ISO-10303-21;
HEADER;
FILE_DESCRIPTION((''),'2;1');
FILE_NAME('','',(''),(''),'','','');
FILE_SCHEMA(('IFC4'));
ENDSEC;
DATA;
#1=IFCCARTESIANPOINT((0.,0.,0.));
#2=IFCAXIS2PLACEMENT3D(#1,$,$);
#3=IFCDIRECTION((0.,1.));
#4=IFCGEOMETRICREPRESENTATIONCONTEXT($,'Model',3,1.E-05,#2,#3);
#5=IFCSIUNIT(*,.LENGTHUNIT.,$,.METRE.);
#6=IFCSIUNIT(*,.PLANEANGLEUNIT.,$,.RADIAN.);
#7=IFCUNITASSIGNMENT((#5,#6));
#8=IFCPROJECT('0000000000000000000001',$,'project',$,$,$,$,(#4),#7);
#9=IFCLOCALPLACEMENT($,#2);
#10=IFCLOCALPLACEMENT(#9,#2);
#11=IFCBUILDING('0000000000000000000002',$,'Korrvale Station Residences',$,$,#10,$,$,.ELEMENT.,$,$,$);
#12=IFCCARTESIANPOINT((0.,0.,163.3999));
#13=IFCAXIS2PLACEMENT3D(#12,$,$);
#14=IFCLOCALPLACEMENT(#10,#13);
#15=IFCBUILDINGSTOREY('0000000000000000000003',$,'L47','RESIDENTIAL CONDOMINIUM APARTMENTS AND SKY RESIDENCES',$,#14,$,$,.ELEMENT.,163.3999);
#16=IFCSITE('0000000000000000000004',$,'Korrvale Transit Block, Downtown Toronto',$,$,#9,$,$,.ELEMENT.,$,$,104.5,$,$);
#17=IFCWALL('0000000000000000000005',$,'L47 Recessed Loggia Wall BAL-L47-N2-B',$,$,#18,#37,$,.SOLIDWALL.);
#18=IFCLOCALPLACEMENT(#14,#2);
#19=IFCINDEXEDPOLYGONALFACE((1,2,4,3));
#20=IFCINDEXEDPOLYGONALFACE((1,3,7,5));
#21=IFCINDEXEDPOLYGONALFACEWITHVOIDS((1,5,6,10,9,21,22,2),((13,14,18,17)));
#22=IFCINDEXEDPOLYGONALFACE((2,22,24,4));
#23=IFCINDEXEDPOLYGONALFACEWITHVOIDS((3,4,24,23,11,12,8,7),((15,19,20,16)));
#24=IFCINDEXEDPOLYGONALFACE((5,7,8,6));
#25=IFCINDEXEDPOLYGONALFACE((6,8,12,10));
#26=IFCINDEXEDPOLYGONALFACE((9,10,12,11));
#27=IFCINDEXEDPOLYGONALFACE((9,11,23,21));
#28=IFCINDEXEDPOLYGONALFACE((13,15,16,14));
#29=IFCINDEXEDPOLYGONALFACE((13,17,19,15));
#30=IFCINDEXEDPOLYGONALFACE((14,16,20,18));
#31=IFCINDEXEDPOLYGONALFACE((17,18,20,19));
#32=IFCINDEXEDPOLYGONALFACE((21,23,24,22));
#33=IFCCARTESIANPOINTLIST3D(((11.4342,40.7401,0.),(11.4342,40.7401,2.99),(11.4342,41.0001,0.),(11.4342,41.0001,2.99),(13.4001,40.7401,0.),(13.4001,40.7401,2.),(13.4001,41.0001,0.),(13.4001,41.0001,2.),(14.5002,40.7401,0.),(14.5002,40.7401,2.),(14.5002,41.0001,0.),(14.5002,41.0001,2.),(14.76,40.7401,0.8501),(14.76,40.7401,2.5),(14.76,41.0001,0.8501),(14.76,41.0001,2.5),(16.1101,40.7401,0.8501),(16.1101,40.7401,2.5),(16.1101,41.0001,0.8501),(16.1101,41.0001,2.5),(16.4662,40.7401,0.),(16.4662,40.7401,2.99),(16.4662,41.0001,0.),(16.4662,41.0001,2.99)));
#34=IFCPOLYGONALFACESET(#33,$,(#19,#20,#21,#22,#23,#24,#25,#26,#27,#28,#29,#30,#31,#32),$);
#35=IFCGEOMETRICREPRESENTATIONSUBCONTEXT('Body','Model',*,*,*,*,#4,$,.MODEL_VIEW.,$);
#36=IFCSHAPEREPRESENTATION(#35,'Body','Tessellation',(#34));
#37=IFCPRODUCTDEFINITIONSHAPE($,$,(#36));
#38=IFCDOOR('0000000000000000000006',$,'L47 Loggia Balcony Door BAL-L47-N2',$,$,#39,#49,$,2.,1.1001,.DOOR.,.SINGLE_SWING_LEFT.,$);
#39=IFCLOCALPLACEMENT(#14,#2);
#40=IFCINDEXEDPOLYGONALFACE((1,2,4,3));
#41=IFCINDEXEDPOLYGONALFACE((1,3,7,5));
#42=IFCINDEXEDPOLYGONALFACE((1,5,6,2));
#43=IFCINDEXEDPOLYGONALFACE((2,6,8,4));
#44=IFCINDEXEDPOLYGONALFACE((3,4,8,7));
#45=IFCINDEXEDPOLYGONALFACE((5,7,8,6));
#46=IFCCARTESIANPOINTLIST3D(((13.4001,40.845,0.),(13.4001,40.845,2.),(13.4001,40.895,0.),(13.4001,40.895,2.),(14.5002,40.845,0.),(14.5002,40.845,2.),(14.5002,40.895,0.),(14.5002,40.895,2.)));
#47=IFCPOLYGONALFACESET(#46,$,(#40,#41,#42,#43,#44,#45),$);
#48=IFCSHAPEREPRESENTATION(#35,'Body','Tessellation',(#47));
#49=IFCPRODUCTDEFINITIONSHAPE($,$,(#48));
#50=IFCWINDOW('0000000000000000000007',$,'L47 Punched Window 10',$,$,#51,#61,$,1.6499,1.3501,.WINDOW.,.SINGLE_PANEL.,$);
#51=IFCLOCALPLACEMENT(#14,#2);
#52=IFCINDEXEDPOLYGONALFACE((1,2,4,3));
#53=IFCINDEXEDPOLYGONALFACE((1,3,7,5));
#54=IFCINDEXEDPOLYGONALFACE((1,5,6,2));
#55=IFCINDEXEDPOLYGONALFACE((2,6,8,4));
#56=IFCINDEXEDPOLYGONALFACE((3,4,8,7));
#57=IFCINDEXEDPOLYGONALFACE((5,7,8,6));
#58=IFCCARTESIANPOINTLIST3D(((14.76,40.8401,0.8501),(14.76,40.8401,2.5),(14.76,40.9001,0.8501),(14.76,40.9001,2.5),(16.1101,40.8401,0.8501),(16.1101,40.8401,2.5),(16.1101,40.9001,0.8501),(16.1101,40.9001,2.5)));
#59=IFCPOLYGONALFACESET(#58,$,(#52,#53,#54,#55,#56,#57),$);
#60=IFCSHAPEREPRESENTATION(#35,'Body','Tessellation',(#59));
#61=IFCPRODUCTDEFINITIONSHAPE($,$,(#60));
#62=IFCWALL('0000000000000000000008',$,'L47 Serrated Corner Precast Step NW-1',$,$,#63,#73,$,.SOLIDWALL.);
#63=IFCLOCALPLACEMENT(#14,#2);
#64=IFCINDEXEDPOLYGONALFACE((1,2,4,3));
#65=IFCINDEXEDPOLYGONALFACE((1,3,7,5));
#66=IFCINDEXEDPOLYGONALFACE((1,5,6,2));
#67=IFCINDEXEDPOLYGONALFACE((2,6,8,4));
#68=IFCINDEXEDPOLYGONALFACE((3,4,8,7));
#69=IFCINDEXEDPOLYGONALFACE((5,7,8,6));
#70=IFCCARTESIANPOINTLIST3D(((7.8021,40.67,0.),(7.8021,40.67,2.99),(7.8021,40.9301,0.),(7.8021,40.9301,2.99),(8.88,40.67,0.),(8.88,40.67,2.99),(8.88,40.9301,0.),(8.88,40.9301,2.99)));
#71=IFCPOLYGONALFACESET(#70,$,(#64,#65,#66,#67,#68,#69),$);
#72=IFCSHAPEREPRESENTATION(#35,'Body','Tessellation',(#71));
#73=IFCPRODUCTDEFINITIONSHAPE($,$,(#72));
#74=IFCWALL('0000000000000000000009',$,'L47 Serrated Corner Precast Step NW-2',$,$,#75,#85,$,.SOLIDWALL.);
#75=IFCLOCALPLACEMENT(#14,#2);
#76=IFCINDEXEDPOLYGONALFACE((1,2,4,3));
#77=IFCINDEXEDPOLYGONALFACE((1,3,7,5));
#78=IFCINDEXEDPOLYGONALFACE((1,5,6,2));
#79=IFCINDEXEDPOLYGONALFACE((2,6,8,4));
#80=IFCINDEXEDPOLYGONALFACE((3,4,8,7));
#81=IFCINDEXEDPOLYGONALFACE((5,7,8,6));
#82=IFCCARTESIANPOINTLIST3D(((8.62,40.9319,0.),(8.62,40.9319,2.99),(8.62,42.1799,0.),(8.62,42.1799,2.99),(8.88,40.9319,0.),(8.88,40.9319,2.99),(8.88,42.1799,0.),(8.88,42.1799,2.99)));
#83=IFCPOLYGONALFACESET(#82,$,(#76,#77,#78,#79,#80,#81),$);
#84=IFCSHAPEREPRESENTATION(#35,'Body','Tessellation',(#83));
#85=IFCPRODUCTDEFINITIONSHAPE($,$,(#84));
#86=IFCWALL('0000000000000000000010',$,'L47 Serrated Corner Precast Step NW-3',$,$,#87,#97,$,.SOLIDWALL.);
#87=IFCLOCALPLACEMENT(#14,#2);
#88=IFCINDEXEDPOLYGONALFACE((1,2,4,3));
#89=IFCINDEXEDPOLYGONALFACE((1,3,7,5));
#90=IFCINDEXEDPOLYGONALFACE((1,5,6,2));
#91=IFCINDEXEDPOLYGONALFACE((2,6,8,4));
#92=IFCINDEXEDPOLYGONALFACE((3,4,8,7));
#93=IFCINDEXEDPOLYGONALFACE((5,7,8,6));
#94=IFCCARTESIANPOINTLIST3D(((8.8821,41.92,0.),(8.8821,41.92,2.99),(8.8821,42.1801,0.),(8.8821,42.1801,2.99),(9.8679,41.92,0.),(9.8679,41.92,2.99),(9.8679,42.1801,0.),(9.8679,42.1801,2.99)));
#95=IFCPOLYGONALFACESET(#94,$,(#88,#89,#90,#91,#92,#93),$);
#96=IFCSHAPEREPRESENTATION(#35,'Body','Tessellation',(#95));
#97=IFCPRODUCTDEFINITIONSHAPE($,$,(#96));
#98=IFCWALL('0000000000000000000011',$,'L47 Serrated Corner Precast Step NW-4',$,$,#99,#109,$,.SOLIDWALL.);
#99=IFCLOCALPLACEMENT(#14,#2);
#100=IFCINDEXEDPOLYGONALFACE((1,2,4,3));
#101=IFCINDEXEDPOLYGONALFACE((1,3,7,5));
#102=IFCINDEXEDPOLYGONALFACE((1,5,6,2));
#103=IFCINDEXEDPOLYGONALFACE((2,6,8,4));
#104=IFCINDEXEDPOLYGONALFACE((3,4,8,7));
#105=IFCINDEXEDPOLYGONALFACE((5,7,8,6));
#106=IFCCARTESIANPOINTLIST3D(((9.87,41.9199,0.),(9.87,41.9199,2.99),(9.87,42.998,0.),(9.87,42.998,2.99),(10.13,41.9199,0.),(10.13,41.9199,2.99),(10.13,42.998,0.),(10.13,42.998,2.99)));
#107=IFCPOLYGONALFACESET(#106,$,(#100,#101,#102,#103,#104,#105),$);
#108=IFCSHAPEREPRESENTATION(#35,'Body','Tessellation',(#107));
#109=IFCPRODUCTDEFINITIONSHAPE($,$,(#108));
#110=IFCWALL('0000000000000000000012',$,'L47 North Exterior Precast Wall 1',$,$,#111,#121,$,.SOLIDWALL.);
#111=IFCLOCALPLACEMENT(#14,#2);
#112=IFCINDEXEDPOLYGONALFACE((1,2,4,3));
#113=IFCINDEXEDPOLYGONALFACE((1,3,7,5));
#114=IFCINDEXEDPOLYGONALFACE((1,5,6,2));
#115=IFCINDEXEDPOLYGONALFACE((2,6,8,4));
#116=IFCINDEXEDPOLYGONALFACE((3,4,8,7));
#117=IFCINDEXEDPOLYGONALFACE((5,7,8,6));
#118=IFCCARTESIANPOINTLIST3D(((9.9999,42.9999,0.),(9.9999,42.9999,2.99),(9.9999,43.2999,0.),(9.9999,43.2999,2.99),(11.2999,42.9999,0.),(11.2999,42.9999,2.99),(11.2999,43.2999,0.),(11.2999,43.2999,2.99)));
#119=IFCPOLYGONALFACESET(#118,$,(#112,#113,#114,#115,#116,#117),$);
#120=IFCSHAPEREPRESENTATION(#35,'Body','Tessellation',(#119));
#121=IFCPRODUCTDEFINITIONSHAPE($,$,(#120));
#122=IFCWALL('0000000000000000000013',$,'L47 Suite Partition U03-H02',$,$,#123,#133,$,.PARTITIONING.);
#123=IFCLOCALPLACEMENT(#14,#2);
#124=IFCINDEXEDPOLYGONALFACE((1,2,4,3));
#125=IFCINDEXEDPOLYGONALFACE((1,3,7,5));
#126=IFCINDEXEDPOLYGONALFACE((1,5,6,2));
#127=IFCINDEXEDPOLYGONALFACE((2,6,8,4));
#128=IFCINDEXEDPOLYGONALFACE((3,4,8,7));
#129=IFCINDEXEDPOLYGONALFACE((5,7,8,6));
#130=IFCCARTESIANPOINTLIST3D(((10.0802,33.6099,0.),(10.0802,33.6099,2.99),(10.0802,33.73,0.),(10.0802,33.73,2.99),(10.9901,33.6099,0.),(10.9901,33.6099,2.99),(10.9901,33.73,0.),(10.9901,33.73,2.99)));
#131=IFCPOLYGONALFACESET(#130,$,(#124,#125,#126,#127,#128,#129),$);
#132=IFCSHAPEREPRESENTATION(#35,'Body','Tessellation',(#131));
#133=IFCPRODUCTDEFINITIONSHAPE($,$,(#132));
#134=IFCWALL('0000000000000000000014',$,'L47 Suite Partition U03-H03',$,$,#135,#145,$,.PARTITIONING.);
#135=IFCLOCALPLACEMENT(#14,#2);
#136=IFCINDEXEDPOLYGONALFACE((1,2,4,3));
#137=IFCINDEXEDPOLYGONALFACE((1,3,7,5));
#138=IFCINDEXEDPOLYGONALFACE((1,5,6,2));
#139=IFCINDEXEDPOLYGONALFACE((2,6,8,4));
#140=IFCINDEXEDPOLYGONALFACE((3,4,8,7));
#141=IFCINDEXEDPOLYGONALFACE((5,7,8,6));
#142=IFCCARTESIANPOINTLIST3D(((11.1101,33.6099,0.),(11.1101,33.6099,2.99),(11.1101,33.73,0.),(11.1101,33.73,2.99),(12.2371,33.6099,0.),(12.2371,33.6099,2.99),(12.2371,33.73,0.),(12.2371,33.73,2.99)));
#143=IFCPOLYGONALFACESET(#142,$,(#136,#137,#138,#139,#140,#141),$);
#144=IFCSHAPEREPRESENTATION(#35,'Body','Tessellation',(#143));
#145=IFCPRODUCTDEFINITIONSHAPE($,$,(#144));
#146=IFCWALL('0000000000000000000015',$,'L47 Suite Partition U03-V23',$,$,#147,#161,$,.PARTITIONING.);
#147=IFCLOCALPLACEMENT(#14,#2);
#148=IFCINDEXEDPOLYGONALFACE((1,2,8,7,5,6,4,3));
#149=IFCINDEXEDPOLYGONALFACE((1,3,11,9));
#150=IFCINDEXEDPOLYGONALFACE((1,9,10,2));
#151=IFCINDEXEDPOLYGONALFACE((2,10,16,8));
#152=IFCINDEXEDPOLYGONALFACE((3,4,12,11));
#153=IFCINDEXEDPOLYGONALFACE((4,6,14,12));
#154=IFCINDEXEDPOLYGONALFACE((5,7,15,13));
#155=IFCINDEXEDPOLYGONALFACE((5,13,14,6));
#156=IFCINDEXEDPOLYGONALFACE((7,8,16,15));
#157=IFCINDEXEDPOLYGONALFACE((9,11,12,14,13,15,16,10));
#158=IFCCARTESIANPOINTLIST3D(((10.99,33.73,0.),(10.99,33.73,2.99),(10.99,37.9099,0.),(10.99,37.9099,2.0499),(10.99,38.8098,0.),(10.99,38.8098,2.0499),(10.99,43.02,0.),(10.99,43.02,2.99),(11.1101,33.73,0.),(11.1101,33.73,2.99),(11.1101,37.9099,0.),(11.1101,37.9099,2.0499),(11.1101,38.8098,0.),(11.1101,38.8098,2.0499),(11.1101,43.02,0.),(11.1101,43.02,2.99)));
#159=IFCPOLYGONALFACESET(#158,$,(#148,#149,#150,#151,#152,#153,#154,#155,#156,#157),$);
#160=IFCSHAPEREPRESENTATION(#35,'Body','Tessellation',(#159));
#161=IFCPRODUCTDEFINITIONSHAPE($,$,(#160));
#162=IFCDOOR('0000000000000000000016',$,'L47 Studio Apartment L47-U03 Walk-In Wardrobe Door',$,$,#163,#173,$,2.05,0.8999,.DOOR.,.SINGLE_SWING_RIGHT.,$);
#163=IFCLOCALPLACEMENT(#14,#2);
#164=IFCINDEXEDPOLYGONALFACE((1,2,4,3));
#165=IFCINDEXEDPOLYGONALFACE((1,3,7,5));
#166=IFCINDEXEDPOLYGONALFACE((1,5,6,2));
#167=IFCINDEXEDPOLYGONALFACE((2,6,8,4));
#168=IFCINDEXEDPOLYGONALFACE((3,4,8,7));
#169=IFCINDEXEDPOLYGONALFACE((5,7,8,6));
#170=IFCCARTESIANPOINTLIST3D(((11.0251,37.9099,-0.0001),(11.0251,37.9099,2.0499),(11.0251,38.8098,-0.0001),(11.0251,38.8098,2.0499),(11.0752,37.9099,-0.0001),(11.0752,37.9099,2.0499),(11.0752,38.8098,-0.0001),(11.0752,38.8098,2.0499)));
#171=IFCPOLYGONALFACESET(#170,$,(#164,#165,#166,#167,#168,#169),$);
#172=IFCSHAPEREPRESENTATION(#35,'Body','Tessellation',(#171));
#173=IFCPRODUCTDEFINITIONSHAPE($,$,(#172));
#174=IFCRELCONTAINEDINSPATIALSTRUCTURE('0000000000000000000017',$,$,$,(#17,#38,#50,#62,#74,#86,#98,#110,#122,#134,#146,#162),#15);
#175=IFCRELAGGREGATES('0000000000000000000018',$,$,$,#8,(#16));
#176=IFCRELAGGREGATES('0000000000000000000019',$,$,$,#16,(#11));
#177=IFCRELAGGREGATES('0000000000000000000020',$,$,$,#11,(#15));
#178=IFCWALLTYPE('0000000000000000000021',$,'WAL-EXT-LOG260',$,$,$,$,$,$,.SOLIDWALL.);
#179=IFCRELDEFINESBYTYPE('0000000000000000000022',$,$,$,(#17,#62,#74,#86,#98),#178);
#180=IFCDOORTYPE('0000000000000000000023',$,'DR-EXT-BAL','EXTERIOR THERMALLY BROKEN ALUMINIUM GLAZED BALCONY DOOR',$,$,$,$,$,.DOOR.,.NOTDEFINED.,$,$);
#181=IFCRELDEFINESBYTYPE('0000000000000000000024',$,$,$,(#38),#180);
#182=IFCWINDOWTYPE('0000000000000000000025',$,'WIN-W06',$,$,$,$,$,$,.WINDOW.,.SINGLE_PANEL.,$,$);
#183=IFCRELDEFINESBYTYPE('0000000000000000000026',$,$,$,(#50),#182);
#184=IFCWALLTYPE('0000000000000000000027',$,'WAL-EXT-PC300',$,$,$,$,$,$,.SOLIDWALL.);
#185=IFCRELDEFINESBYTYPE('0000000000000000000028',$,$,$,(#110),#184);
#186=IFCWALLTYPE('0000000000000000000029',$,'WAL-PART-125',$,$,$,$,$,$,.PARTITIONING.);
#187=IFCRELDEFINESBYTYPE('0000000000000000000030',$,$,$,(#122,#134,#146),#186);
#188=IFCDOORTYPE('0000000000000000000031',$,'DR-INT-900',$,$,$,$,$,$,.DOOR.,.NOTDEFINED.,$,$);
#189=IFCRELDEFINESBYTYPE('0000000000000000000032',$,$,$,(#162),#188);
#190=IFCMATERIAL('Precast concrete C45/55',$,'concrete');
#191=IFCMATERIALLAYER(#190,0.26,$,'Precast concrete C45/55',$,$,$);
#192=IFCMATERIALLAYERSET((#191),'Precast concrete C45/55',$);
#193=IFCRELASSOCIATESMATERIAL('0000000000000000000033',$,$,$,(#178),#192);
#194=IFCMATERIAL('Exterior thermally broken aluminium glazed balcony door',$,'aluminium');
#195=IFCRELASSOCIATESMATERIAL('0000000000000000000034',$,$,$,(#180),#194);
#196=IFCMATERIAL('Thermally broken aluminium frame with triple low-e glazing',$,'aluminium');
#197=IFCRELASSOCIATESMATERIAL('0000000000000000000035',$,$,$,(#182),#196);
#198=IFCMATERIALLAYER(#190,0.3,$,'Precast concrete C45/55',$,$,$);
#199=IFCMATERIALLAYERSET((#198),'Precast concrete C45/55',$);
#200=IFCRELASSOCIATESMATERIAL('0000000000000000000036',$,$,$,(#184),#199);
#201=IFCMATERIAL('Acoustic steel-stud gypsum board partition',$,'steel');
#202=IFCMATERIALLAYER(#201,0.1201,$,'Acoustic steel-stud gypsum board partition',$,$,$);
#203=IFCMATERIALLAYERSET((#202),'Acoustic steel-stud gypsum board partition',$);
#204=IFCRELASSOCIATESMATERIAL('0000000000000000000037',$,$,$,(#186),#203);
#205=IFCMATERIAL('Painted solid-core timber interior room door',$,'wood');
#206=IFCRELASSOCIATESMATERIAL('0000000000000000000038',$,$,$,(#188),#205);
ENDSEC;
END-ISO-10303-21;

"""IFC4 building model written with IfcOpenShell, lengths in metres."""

from ifc_helpers import new_model, si_unit, direction, frame, frame_2d, origin, place, context, subcontext, project, spatial, rectangle, extrude, material, layer, layer_set, type_object, element, fill, save


model = new_model("IFC4")

# Units and contexts
model_context = context("Model", 3, precision=1e-05, world=origin(), true_north=direction((0.0, 1.0)))
body_context = subcontext(model_context, "Body", "Model", "MODEL_VIEW")
ifc_project = project(units=[si_unit("LENGTHUNIT", "METRE"), si_unit("PLANEANGLEUNIT", "RADIAN")], contexts=[model_context])

# Site, building, storey
site_placement = place(None, origin())
site = spatial("IfcSite", under=ifc_project, at=site_placement, Name="Korrvale Transit Block, Downtown Toronto", CompositionType="ELEMENT", RefElevation=104.5)
building_placement = place(site_placement, origin())
building = spatial("IfcBuilding", under=site, at=building_placement, Name="Korrvale Station Residences", CompositionType="ELEMENT")
storey_placement = place(building_placement, frame((0.0, 0.0, 163.3999)))
storey = spatial("IfcBuildingStorey", under=building, at=storey_placement, Name="L47", Description="RESIDENTIAL CONDOMINIUM APARTMENTS AND SKY RESIDENCES", CompositionType="ELEMENT", Elevation=163.3999)

# Shared definitions
ifc_material_1 = material(Name="Precast concrete C45/55", Category="concrete")
ifc_layer_1 = layer(ifc_material_1, 0.26, Name="Precast concrete C45/55")
ifc_layer_set_1 = layer_set([ifc_layer_1], Name="Precast concrete C45/55")
wall_type_1 = type_object("IfcWallType", Name="WAL-EXT-LOG260", PredefinedType="SOLIDWALL", material=ifc_layer_set_1)

# Wall, openings, door, window
wall_1_placement = place(storey_placement, frame((11.4341, 40.8701, 0.0), z_axis=(0.0, 0.0, 1.0), x_axis=(1.0, 0.0, 0.0)))
wall_1 = element("IfcWall", 1, at=wall_1_placement, inside=storey, type_object=wall_type_1, Name="L47 Recessed Loggia Wall BAL-L47-N2-B", PredefinedType="SOLIDWALL", context=body_context, shape_type="SweptSolid", body=[
    extrude(rectangle(XDim=5.032, YDim=0.26, at=frame_2d((2.5161, 0.0))), origin(), (0.0, 0.0, 1.0), 2.99),
])
opening_1_placement = place(wall_1_placement, frame((1.9661, 0.0, 0.0)))
opening_1 = element("IfcOpeningElement", 2, at=opening_1_placement, cuts=wall_1, PredefinedType="OPENING", context=body_context, shape_type="SweptSolid", body=[
    extrude(rectangle(XDim=1.1001, YDim=2.0, at=frame_2d((0.55, 1.0))), frame((0.0, 0.1401, 0.0), z_axis=(0.0, -1.0, 0.0), x_axis=(1.0, 0.0, 0.0)), (0.0, 0.0, 1.0), 0.28),
])
opening_2_placement = place(wall_1_placement, frame((3.3259, 0.0, 0.8501)))
opening_2 = element("IfcOpeningElement", 3, at=opening_2_placement, cuts=wall_1, PredefinedType="OPENING", context=body_context, shape_type="SweptSolid", body=[
    extrude(rectangle(XDim=1.3501, YDim=1.6499, at=frame_2d((0.675, 0.825))), frame((0.0, 0.1401, 0.0), z_axis=(0.0, -1.0, 0.0), x_axis=(1.0, 0.0, 0.0)), (0.0, 0.0, 1.0), 0.28),
])
ifc_material_2 = material(Name="Exterior thermally broken aluminium glazed balcony door", Category="aluminium")
door_type_1 = type_object("IfcDoorType", Name="DR-EXT-BAL", Description="EXTERIOR THERMALLY BROKEN ALUMINIUM GLAZED BALCONY DOOR", OperationType="NOTDEFINED", PredefinedType="DOOR", material=ifc_material_2)
door_1_placement = place(opening_1_placement, origin())
door_1 = element("IfcDoor", 4, at=door_1_placement, inside=storey, type_object=door_type_1, Name="L47 Loggia Balcony Door BAL-L47-N2", OperationType="SINGLE_SWING_LEFT", OverallHeight=2.0, OverallWidth=1.1001, PredefinedType="DOOR", context=body_context, shape_type="SweptSolid", body=[
    extrude(rectangle(XDim=1.1001, YDim=2.0, at=frame_2d((0.55, 1.0))), frame((0.0, 0.0249, 0.0), z_axis=(0.0, -1.0, 0.0), x_axis=(1.0, 0.0, 0.0)), (0.0, 0.0, 1.0), 0.05),
])
fill(opening_1, door_1)
ifc_material_3 = material(Name="Thermally broken aluminium frame with triple low-e glazing", Category="aluminium")
window_type = type_object("IfcWindowType", Name="WIN-W06", PartitioningType="SINGLE_PANEL", PredefinedType="WINDOW", material=ifc_material_3)
window_placement = place(opening_2_placement, origin())
window = element("IfcWindow", 5, at=window_placement, inside=storey, type_object=window_type, Name="L47 Punched Window 10", OverallHeight=1.6499, OverallWidth=1.3501, PartitioningType="SINGLE_PANEL", PredefinedType="WINDOW", context=body_context, shape_type="SweptSolid", body=[
    extrude(rectangle(XDim=1.3501, YDim=1.6499, at=frame_2d((0.675, 0.825))), frame((0.0, 0.03, 0.0), z_axis=(0.0, -1.0, 0.0), x_axis=(1.0, 0.0, 0.0)), (0.0, 0.0, 1.0), 0.0601),
])
fill(opening_2, window)

# Walls
wall_2_placement = place(storey_placement, frame((7.802, 40.8, 0.0), z_axis=(0.0, 0.0, 1.0), x_axis=(1.0, 0.0, 0.0)))
element("IfcWall", 6, at=wall_2_placement, inside=storey, type_object=wall_type_1, Name="L47 Serrated Corner Precast Step NW-1", PredefinedType="SOLIDWALL", context=body_context, shape_type="SweptSolid", body=[
    extrude(rectangle(XDim=1.0779, YDim=0.26, at=frame_2d((0.5391, 0.0))), origin(), (0.0, 0.0, 1.0), 2.99),
])
wall_3_placement = place(storey_placement, frame((8.75, 40.9319, 0.0), z_axis=(0.0, 0.0, 1.0), x_axis=(0.0, 1.0, 0.0)))
element("IfcWall", 7, at=wall_3_placement, inside=storey, type_object=wall_type_1, Name="L47 Serrated Corner Precast Step NW-2", PredefinedType="SOLIDWALL", context=body_context, shape_type="SweptSolid", body=[
    extrude(rectangle(XDim=1.248, YDim=0.26, at=frame_2d((0.624, 0.0))), origin(), (0.0, 0.0, 1.0), 2.99),
])
wall_4_placement = place(storey_placement, frame((8.8821, 42.05, 0.0), z_axis=(0.0, 0.0, 1.0), x_axis=(1.0, 0.0, 0.0)))
element("IfcWall", 8, at=wall_4_placement, inside=storey, type_object=wall_type_1, Name="L47 Serrated Corner Precast Step NW-3", PredefinedType="SOLIDWALL", context=body_context, shape_type="SweptSolid", body=[
    extrude(rectangle(XDim=0.9858, YDim=0.26, at=frame_2d((0.4929, 0.0))), origin(), (0.0, 0.0, 1.0), 2.99),
])
wall_5_placement = place(storey_placement, frame((10.0, 41.9199, 0.0), z_axis=(0.0, 0.0, 1.0), x_axis=(0.0, 1.0, 0.0)))
element("IfcWall", 9, at=wall_5_placement, inside=storey, type_object=wall_type_1, Name="L47 Serrated Corner Precast Step NW-4", PredefinedType="SOLIDWALL", context=body_context, shape_type="SweptSolid", body=[
    extrude(rectangle(XDim=1.0781, YDim=0.26, at=frame_2d((0.5391, 0.0))), origin(), (0.0, 0.0, 1.0), 2.99),
])
ifc_layer_2 = layer(ifc_material_1, 0.3, Name="Precast concrete C45/55")
ifc_layer_set_2 = layer_set([ifc_layer_2], Name="Precast concrete C45/55")
wall_type_2 = type_object("IfcWallType", Name="WAL-EXT-PC300", PredefinedType="SOLIDWALL", material=ifc_layer_set_2)
wall_6_placement = place(storey_placement, frame((10.0, 43.1499, 0.0), z_axis=(0.0, 0.0, 1.0), x_axis=(1.0, 0.0, 0.0)))
element("IfcWall", 10, at=wall_6_placement, inside=storey, type_object=wall_type_2, Name="L47 North Exterior Precast Wall 1", PredefinedType="SOLIDWALL", context=body_context, shape_type="SweptSolid", body=[
    extrude(rectangle(XDim=1.3, YDim=0.3, at=frame_2d((0.6499, 0.0))), origin(), (0.0, 0.0, 1.0), 2.99),
])
ifc_material_4 = material(Name="Acoustic steel-stud gypsum board partition", Category="steel")
ifc_layer_3 = layer(ifc_material_4, 0.1201, Name="Acoustic steel-stud gypsum board partition")
ifc_layer_set_3 = layer_set([ifc_layer_3], Name="Acoustic steel-stud gypsum board partition")
wall_type_3 = type_object("IfcWallType", Name="WAL-PART-125", PredefinedType="PARTITIONING", material=ifc_layer_set_3)
wall_7_placement = place(storey_placement, frame((10.0801, 33.6699, 0.0), z_axis=(0.0, 0.0, 1.0), x_axis=(1.0, 0.0, 0.0)))
element("IfcWall", 11, at=wall_7_placement, inside=storey, type_object=wall_type_3, Name="L47 Suite Partition U03-H02", PredefinedType="PARTITIONING", context=body_context, shape_type="SweptSolid", body=[
    extrude(rectangle(XDim=0.9099, YDim=0.1201, at=frame_2d((0.4551, 0.0))), origin(), (0.0, 0.0, 1.0), 2.99),
])
wall_8_placement = place(storey_placement, frame((11.1101, 33.6699, 0.0), z_axis=(0.0, 0.0, 1.0), x_axis=(1.0, 0.0, 0.0)))
element("IfcWall", 12, at=wall_8_placement, inside=storey, type_object=wall_type_3, Name="L47 Suite Partition U03-H03", PredefinedType="PARTITIONING", context=body_context, shape_type="SweptSolid", body=[
    extrude(rectangle(XDim=1.127, YDim=0.1201, at=frame_2d((0.5635, 0.0))), origin(), (0.0, 0.0, 1.0), 2.99),
])

# Wall, opening, door
wall_9_placement = place(storey_placement, frame((11.05, 33.73, 0.0), z_axis=(0.0, 0.0, 1.0), x_axis=(0.0, 1.0, 0.0)))
wall_9 = element("IfcWall", 13, at=wall_9_placement, inside=storey, type_object=wall_type_3, Name="L47 Suite Partition U03-V23", PredefinedType="PARTITIONING", context=body_context, shape_type="SweptSolid", body=[
    extrude(rectangle(XDim=9.29, YDim=0.1201, at=frame_2d((4.645, 0.0))), origin(), (0.0, 0.0, 1.0), 2.99),
])
opening_3_placement = place(wall_9_placement, frame((4.1799, 0.0, 0.0)))
opening_3 = element("IfcOpeningElement", 14, at=opening_3_placement, cuts=wall_9, PredefinedType="OPENING", context=body_context, shape_type="SweptSolid", body=[
    extrude(rectangle(XDim=0.8999, YDim=2.05, at=frame_2d((0.45, 1.0249))), frame((0.0, 0.0701, 0.0), z_axis=(0.0, -1.0, 0.0), x_axis=(1.0, 0.0, 0.0)), (0.0, 0.0, 1.0), 0.1401),
])
ifc_material_5 = material(Name="Painted solid-core timber interior room door", Category="wood")
door_type_2 = type_object("IfcDoorType", Name="DR-INT-900", OperationType="NOTDEFINED", PredefinedType="DOOR", material=ifc_material_5)
door_2_placement = place(opening_3_placement, origin())
door_2 = element("IfcDoor", 15, at=door_2_placement, inside=storey, type_object=door_type_2, Name="L47 Studio Apartment L47-U03 Walk-In Wardrobe Door", OperationType="SINGLE_SWING_RIGHT", OverallHeight=2.05, OverallWidth=0.8999, PredefinedType="DOOR", context=body_context, shape_type="SweptSolid", body=[
    extrude(rectangle(XDim=0.8999, YDim=2.05, at=frame_2d((0.45, 1.0249))), frame((0.0, 0.0249, 0.0), z_axis=(0.0, -1.0, 0.0), x_axis=(1.0, 0.0, 0.0)), (0.0, 0.0, 1.0), 0.05),
])
fill(opening_3, door_2)

save(model, "model.ifc")
